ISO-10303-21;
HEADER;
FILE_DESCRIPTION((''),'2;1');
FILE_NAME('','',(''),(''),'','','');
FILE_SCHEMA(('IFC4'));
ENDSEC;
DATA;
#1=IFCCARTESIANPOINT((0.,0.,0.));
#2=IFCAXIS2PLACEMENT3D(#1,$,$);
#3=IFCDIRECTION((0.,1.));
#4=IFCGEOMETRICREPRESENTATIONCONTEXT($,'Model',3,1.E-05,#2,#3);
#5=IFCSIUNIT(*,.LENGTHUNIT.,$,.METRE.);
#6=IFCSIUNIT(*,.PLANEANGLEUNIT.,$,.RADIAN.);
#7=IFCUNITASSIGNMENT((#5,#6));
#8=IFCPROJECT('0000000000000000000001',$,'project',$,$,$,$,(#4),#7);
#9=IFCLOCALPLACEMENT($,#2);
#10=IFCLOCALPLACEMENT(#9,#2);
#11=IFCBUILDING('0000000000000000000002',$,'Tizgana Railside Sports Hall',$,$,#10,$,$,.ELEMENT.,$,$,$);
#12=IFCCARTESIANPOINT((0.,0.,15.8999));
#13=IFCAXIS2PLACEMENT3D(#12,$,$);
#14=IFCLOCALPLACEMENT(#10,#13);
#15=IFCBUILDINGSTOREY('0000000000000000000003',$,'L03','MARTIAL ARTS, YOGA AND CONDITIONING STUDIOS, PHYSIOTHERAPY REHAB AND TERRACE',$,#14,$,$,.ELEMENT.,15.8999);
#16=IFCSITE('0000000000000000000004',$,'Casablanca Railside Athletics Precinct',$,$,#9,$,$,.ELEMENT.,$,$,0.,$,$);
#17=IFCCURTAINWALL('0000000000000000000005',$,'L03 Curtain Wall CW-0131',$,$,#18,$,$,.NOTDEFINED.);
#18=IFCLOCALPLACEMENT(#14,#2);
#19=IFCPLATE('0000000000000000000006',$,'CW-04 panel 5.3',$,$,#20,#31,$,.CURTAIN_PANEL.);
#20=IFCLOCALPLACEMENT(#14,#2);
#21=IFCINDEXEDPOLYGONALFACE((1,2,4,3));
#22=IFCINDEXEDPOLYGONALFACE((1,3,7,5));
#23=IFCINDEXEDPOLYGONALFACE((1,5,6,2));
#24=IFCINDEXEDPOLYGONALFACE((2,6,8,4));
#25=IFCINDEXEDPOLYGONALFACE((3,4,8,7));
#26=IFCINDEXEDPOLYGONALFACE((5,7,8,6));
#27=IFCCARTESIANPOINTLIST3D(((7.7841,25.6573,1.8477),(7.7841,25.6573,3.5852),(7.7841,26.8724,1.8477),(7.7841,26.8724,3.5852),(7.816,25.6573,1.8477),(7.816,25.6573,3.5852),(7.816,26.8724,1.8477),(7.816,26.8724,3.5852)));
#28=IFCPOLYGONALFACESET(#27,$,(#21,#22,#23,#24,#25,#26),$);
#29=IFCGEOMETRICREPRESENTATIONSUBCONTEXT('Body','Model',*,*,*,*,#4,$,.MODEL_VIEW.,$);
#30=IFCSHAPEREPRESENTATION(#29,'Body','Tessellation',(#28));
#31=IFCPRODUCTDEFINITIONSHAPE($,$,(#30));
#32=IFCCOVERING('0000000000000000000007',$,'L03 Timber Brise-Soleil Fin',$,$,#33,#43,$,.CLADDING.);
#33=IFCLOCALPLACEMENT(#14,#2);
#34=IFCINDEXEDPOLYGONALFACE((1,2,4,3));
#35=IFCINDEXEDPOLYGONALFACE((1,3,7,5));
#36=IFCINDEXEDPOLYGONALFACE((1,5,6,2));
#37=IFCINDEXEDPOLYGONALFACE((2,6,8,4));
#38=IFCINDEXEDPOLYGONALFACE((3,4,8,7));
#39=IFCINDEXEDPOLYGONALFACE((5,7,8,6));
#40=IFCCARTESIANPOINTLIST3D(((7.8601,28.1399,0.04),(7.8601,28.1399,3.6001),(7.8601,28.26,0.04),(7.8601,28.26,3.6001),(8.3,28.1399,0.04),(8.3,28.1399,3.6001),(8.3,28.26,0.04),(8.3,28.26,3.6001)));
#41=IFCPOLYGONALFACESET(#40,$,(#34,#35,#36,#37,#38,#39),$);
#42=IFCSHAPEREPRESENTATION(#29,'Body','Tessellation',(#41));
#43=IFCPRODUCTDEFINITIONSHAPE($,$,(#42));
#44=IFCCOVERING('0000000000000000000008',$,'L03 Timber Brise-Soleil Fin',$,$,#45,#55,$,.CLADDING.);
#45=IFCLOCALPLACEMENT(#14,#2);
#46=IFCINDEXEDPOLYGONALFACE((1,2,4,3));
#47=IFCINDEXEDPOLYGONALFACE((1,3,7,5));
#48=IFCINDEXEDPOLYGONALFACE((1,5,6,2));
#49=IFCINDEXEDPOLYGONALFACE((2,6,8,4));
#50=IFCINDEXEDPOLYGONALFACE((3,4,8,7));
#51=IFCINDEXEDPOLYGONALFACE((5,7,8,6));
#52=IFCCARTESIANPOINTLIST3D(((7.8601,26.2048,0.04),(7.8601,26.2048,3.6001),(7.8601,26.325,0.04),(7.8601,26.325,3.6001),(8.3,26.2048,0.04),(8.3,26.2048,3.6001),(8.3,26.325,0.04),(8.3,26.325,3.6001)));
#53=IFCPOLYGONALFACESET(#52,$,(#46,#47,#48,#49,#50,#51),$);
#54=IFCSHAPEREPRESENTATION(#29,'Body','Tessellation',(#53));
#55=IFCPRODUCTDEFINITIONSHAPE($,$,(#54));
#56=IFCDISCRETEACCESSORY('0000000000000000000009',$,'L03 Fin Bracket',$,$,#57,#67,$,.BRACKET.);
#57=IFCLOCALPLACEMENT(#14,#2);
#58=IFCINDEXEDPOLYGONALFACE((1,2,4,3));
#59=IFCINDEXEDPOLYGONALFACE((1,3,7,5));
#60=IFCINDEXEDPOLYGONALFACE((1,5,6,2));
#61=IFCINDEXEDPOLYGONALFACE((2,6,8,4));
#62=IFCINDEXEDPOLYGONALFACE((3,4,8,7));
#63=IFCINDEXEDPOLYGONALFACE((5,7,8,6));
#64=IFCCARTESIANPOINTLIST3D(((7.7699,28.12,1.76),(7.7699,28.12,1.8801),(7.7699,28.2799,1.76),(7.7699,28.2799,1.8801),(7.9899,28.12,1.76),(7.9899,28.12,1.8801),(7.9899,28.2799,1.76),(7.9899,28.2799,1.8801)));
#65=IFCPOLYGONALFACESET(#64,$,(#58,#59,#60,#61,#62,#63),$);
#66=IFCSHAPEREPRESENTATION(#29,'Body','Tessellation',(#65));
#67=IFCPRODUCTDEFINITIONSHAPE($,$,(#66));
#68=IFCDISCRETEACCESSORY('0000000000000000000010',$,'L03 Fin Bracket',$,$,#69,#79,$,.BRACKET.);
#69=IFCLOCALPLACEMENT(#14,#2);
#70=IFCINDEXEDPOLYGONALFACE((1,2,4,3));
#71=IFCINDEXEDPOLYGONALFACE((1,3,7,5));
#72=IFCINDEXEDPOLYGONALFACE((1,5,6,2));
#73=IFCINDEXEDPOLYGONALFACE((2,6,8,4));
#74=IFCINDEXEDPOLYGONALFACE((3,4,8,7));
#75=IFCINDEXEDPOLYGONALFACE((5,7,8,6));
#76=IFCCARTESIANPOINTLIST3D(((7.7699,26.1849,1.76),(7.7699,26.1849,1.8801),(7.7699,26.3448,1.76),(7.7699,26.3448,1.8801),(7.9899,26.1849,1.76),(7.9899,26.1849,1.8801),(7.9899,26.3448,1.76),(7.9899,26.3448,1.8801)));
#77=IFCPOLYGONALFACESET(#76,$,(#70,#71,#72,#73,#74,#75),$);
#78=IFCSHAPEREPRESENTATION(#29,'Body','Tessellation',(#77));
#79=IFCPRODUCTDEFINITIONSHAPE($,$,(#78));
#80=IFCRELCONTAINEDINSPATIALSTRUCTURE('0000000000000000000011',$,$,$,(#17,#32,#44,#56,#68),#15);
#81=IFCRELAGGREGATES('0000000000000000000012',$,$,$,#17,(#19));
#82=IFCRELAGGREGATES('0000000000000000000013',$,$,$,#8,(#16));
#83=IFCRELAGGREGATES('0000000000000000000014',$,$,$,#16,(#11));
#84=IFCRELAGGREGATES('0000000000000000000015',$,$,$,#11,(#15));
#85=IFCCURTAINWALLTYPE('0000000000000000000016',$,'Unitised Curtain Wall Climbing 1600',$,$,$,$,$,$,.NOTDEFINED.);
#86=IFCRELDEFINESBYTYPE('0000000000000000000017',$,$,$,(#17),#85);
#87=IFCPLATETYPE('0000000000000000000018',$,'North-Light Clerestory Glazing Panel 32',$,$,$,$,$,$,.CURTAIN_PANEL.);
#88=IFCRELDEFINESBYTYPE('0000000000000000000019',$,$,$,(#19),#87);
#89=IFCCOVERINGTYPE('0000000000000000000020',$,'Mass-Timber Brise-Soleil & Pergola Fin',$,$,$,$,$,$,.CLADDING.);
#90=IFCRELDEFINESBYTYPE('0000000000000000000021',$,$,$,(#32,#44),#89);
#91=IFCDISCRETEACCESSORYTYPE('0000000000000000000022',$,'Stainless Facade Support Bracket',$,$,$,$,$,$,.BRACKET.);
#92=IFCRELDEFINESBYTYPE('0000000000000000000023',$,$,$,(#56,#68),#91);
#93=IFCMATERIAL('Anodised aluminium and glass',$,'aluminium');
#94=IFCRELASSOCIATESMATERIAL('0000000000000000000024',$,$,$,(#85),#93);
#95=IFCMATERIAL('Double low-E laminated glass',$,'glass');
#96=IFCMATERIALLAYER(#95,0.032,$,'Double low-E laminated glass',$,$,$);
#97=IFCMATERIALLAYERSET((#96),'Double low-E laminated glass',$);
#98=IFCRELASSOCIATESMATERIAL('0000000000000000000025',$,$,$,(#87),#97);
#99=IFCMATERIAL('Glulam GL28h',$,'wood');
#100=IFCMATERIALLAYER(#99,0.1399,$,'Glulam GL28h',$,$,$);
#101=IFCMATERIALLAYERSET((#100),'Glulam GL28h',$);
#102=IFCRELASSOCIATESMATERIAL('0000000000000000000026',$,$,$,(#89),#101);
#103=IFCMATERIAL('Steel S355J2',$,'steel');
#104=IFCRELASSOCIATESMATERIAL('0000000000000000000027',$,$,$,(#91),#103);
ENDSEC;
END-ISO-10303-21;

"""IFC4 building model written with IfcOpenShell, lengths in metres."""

from ifc_helpers import new_model, si_unit, direction, frame, origin, origin_2d, place, context, subcontext, project, spatial, rectangle, extrude, material, layer, layer_set, type_object, element, aggregate, save


model = new_model("IFC4")

# Units and contexts
model_context = context("Model", 3, precision=1e-05, world=origin(), true_north=direction((0.0, 1.0)))
body_context = subcontext(model_context, "Body", "Model", "MODEL_VIEW")
ifc_project = project(units=[si_unit("LENGTHUNIT", "METRE"), si_unit("PLANEANGLEUNIT", "RADIAN")], contexts=[model_context])

# Site, building, storey
site_placement = place(None, origin())
site = spatial("IfcSite", under=ifc_project, at=site_placement, Name="Casablanca Railside Athletics Precinct", CompositionType="ELEMENT", RefElevation=0.0)
building_placement = place(site_placement, origin())
building = spatial("IfcBuilding", under=site, at=building_placement, Name="Tizgana Railside Sports Hall", CompositionType="ELEMENT")
storey_placement = place(building_placement, frame((0.0, 0.0, 15.8999)))
storey = spatial("IfcBuildingStorey", under=building, at=storey_placement, Name="L03", Description="MARTIAL ARTS, YOGA AND CONDITIONING STUDIOS, PHYSIOTHERAPY REHAB AND TERRACE", CompositionType="ELEMENT", Elevation=15.8999)

# Curtain wall
ifc_material_1 = material(Name="Anodised aluminium and glass", Category="aluminium")
curtain_wall_type = type_object("IfcCurtainWallType", Name="Unitised Curtain Wall Climbing 1600", PredefinedType="NOTDEFINED", material=ifc_material_1)
curtain_wall_placement = place(storey_placement, origin())
curtain_wall = element("IfcCurtainWall", 1, at=curtain_wall_placement, inside=storey, type_object=curtain_wall_type, Name="L03 Curtain Wall CW-0131", PredefinedType="NOTDEFINED")

# Shared definitions
ifc_material_2 = material(Name="Steel S355J2", Category="steel")

# Plate
ifc_material_3 = material(Name="Double low-E laminated glass", Category="glass")
ifc_layer_1 = layer(ifc_material_3, 0.032, Name="Double low-E laminated glass")
ifc_layer_set_1 = layer_set([ifc_layer_1], Name="Double low-E laminated glass")
plate_type = type_object("IfcPlateType", Name="North-Light Clerestory Glazing Panel 32", PredefinedType="CURTAIN_PANEL", material=ifc_layer_set_1)
plate_1_placement = place(storey_placement, frame((7.8, 26.2649, 1.8477), z_axis=(0.0, 0.0, 1.0), x_axis=(0.0, -1.0, 0.0)))
plate_1 = element("IfcPlate", 2, at=plate_1_placement, type_object=plate_type, Name="CW-04 panel 5.3", PredefinedType="CURTAIN_PANEL", context=body_context, shape_type="SweptSolid", body=[
    extrude(rectangle(XDim=1.2151, YDim=0.032, at=origin_2d()), origin(), (0.0, 0.0, 1.0), 1.7375),
])
aggregate(curtain_wall, [plate_1])

# Coverings
ifc_material_4 = material(Name="Glulam GL28h", Category="wood")
ifc_layer_2 = layer(ifc_material_4, 0.1399, Name="Glulam GL28h")
ifc_layer_set_2 = layer_set([ifc_layer_2], Name="Glulam GL28h")
covering_type = type_object("IfcCoveringType", Name="Mass-Timber Brise-Soleil & Pergola Fin", PredefinedType="CLADDING", material=ifc_layer_set_2)
for number, where, z_axis, x_axis, name in (
    (3, (8.0801, 28.2, 0.04), (0.0, 0.0, 1.0), (0.0, -1.0, 0.0), "L03 Timber Brise-Soleil Fin"),
    (4, (8.0801, 26.2649, 0.04), (0.0, 0.0, 1.0), (0.0, -1.0, 0.0), "L03 Timber Brise-Soleil Fin"),
):
    element("IfcCovering", number, at=place(storey_placement, frame(where, z_axis=z_axis, x_axis=x_axis)), inside=storey, type_object=covering_type, Name=name, PredefinedType="CLADDING", context=body_context, shape_type="SweptSolid", body=[
        extrude(rectangle(XDim=0.1201, YDim=0.4399, at=origin_2d()), origin(), (0.0, 0.0, 1.0), 3.5601),
    ])

# Discrete accessories
discrete_accessory_type = type_object("IfcDiscreteAccessoryType", Name="Stainless Facade Support Bracket", PredefinedType="BRACKET", material=ifc_material_2)
for number, where, z_axis, x_axis, name in (
    (5, (7.8799, 28.2, 1.76), (0.0, 0.0, 1.0), (0.0, -1.0, 0.0), "L03 Fin Bracket"),
    (6, (7.8799, 26.2649, 1.76), (0.0, 0.0, 1.0), (0.0, -1.0, 0.0), "L03 Fin Bracket"),
):
    element("IfcDiscreteAccessory", number, at=place(storey_placement, frame(where, z_axis=z_axis, x_axis=x_axis)), inside=storey, type_object=discrete_accessory_type, Name=name, PredefinedType="BRACKET", context=body_context, shape_type="SweptSolid", body=[
        extrude(rectangle(XDim=0.1599, YDim=0.22, at=origin_2d()), origin(), (0.0, 0.0, 1.0), 0.1201),
    ])

save(model, "model.ifc")
